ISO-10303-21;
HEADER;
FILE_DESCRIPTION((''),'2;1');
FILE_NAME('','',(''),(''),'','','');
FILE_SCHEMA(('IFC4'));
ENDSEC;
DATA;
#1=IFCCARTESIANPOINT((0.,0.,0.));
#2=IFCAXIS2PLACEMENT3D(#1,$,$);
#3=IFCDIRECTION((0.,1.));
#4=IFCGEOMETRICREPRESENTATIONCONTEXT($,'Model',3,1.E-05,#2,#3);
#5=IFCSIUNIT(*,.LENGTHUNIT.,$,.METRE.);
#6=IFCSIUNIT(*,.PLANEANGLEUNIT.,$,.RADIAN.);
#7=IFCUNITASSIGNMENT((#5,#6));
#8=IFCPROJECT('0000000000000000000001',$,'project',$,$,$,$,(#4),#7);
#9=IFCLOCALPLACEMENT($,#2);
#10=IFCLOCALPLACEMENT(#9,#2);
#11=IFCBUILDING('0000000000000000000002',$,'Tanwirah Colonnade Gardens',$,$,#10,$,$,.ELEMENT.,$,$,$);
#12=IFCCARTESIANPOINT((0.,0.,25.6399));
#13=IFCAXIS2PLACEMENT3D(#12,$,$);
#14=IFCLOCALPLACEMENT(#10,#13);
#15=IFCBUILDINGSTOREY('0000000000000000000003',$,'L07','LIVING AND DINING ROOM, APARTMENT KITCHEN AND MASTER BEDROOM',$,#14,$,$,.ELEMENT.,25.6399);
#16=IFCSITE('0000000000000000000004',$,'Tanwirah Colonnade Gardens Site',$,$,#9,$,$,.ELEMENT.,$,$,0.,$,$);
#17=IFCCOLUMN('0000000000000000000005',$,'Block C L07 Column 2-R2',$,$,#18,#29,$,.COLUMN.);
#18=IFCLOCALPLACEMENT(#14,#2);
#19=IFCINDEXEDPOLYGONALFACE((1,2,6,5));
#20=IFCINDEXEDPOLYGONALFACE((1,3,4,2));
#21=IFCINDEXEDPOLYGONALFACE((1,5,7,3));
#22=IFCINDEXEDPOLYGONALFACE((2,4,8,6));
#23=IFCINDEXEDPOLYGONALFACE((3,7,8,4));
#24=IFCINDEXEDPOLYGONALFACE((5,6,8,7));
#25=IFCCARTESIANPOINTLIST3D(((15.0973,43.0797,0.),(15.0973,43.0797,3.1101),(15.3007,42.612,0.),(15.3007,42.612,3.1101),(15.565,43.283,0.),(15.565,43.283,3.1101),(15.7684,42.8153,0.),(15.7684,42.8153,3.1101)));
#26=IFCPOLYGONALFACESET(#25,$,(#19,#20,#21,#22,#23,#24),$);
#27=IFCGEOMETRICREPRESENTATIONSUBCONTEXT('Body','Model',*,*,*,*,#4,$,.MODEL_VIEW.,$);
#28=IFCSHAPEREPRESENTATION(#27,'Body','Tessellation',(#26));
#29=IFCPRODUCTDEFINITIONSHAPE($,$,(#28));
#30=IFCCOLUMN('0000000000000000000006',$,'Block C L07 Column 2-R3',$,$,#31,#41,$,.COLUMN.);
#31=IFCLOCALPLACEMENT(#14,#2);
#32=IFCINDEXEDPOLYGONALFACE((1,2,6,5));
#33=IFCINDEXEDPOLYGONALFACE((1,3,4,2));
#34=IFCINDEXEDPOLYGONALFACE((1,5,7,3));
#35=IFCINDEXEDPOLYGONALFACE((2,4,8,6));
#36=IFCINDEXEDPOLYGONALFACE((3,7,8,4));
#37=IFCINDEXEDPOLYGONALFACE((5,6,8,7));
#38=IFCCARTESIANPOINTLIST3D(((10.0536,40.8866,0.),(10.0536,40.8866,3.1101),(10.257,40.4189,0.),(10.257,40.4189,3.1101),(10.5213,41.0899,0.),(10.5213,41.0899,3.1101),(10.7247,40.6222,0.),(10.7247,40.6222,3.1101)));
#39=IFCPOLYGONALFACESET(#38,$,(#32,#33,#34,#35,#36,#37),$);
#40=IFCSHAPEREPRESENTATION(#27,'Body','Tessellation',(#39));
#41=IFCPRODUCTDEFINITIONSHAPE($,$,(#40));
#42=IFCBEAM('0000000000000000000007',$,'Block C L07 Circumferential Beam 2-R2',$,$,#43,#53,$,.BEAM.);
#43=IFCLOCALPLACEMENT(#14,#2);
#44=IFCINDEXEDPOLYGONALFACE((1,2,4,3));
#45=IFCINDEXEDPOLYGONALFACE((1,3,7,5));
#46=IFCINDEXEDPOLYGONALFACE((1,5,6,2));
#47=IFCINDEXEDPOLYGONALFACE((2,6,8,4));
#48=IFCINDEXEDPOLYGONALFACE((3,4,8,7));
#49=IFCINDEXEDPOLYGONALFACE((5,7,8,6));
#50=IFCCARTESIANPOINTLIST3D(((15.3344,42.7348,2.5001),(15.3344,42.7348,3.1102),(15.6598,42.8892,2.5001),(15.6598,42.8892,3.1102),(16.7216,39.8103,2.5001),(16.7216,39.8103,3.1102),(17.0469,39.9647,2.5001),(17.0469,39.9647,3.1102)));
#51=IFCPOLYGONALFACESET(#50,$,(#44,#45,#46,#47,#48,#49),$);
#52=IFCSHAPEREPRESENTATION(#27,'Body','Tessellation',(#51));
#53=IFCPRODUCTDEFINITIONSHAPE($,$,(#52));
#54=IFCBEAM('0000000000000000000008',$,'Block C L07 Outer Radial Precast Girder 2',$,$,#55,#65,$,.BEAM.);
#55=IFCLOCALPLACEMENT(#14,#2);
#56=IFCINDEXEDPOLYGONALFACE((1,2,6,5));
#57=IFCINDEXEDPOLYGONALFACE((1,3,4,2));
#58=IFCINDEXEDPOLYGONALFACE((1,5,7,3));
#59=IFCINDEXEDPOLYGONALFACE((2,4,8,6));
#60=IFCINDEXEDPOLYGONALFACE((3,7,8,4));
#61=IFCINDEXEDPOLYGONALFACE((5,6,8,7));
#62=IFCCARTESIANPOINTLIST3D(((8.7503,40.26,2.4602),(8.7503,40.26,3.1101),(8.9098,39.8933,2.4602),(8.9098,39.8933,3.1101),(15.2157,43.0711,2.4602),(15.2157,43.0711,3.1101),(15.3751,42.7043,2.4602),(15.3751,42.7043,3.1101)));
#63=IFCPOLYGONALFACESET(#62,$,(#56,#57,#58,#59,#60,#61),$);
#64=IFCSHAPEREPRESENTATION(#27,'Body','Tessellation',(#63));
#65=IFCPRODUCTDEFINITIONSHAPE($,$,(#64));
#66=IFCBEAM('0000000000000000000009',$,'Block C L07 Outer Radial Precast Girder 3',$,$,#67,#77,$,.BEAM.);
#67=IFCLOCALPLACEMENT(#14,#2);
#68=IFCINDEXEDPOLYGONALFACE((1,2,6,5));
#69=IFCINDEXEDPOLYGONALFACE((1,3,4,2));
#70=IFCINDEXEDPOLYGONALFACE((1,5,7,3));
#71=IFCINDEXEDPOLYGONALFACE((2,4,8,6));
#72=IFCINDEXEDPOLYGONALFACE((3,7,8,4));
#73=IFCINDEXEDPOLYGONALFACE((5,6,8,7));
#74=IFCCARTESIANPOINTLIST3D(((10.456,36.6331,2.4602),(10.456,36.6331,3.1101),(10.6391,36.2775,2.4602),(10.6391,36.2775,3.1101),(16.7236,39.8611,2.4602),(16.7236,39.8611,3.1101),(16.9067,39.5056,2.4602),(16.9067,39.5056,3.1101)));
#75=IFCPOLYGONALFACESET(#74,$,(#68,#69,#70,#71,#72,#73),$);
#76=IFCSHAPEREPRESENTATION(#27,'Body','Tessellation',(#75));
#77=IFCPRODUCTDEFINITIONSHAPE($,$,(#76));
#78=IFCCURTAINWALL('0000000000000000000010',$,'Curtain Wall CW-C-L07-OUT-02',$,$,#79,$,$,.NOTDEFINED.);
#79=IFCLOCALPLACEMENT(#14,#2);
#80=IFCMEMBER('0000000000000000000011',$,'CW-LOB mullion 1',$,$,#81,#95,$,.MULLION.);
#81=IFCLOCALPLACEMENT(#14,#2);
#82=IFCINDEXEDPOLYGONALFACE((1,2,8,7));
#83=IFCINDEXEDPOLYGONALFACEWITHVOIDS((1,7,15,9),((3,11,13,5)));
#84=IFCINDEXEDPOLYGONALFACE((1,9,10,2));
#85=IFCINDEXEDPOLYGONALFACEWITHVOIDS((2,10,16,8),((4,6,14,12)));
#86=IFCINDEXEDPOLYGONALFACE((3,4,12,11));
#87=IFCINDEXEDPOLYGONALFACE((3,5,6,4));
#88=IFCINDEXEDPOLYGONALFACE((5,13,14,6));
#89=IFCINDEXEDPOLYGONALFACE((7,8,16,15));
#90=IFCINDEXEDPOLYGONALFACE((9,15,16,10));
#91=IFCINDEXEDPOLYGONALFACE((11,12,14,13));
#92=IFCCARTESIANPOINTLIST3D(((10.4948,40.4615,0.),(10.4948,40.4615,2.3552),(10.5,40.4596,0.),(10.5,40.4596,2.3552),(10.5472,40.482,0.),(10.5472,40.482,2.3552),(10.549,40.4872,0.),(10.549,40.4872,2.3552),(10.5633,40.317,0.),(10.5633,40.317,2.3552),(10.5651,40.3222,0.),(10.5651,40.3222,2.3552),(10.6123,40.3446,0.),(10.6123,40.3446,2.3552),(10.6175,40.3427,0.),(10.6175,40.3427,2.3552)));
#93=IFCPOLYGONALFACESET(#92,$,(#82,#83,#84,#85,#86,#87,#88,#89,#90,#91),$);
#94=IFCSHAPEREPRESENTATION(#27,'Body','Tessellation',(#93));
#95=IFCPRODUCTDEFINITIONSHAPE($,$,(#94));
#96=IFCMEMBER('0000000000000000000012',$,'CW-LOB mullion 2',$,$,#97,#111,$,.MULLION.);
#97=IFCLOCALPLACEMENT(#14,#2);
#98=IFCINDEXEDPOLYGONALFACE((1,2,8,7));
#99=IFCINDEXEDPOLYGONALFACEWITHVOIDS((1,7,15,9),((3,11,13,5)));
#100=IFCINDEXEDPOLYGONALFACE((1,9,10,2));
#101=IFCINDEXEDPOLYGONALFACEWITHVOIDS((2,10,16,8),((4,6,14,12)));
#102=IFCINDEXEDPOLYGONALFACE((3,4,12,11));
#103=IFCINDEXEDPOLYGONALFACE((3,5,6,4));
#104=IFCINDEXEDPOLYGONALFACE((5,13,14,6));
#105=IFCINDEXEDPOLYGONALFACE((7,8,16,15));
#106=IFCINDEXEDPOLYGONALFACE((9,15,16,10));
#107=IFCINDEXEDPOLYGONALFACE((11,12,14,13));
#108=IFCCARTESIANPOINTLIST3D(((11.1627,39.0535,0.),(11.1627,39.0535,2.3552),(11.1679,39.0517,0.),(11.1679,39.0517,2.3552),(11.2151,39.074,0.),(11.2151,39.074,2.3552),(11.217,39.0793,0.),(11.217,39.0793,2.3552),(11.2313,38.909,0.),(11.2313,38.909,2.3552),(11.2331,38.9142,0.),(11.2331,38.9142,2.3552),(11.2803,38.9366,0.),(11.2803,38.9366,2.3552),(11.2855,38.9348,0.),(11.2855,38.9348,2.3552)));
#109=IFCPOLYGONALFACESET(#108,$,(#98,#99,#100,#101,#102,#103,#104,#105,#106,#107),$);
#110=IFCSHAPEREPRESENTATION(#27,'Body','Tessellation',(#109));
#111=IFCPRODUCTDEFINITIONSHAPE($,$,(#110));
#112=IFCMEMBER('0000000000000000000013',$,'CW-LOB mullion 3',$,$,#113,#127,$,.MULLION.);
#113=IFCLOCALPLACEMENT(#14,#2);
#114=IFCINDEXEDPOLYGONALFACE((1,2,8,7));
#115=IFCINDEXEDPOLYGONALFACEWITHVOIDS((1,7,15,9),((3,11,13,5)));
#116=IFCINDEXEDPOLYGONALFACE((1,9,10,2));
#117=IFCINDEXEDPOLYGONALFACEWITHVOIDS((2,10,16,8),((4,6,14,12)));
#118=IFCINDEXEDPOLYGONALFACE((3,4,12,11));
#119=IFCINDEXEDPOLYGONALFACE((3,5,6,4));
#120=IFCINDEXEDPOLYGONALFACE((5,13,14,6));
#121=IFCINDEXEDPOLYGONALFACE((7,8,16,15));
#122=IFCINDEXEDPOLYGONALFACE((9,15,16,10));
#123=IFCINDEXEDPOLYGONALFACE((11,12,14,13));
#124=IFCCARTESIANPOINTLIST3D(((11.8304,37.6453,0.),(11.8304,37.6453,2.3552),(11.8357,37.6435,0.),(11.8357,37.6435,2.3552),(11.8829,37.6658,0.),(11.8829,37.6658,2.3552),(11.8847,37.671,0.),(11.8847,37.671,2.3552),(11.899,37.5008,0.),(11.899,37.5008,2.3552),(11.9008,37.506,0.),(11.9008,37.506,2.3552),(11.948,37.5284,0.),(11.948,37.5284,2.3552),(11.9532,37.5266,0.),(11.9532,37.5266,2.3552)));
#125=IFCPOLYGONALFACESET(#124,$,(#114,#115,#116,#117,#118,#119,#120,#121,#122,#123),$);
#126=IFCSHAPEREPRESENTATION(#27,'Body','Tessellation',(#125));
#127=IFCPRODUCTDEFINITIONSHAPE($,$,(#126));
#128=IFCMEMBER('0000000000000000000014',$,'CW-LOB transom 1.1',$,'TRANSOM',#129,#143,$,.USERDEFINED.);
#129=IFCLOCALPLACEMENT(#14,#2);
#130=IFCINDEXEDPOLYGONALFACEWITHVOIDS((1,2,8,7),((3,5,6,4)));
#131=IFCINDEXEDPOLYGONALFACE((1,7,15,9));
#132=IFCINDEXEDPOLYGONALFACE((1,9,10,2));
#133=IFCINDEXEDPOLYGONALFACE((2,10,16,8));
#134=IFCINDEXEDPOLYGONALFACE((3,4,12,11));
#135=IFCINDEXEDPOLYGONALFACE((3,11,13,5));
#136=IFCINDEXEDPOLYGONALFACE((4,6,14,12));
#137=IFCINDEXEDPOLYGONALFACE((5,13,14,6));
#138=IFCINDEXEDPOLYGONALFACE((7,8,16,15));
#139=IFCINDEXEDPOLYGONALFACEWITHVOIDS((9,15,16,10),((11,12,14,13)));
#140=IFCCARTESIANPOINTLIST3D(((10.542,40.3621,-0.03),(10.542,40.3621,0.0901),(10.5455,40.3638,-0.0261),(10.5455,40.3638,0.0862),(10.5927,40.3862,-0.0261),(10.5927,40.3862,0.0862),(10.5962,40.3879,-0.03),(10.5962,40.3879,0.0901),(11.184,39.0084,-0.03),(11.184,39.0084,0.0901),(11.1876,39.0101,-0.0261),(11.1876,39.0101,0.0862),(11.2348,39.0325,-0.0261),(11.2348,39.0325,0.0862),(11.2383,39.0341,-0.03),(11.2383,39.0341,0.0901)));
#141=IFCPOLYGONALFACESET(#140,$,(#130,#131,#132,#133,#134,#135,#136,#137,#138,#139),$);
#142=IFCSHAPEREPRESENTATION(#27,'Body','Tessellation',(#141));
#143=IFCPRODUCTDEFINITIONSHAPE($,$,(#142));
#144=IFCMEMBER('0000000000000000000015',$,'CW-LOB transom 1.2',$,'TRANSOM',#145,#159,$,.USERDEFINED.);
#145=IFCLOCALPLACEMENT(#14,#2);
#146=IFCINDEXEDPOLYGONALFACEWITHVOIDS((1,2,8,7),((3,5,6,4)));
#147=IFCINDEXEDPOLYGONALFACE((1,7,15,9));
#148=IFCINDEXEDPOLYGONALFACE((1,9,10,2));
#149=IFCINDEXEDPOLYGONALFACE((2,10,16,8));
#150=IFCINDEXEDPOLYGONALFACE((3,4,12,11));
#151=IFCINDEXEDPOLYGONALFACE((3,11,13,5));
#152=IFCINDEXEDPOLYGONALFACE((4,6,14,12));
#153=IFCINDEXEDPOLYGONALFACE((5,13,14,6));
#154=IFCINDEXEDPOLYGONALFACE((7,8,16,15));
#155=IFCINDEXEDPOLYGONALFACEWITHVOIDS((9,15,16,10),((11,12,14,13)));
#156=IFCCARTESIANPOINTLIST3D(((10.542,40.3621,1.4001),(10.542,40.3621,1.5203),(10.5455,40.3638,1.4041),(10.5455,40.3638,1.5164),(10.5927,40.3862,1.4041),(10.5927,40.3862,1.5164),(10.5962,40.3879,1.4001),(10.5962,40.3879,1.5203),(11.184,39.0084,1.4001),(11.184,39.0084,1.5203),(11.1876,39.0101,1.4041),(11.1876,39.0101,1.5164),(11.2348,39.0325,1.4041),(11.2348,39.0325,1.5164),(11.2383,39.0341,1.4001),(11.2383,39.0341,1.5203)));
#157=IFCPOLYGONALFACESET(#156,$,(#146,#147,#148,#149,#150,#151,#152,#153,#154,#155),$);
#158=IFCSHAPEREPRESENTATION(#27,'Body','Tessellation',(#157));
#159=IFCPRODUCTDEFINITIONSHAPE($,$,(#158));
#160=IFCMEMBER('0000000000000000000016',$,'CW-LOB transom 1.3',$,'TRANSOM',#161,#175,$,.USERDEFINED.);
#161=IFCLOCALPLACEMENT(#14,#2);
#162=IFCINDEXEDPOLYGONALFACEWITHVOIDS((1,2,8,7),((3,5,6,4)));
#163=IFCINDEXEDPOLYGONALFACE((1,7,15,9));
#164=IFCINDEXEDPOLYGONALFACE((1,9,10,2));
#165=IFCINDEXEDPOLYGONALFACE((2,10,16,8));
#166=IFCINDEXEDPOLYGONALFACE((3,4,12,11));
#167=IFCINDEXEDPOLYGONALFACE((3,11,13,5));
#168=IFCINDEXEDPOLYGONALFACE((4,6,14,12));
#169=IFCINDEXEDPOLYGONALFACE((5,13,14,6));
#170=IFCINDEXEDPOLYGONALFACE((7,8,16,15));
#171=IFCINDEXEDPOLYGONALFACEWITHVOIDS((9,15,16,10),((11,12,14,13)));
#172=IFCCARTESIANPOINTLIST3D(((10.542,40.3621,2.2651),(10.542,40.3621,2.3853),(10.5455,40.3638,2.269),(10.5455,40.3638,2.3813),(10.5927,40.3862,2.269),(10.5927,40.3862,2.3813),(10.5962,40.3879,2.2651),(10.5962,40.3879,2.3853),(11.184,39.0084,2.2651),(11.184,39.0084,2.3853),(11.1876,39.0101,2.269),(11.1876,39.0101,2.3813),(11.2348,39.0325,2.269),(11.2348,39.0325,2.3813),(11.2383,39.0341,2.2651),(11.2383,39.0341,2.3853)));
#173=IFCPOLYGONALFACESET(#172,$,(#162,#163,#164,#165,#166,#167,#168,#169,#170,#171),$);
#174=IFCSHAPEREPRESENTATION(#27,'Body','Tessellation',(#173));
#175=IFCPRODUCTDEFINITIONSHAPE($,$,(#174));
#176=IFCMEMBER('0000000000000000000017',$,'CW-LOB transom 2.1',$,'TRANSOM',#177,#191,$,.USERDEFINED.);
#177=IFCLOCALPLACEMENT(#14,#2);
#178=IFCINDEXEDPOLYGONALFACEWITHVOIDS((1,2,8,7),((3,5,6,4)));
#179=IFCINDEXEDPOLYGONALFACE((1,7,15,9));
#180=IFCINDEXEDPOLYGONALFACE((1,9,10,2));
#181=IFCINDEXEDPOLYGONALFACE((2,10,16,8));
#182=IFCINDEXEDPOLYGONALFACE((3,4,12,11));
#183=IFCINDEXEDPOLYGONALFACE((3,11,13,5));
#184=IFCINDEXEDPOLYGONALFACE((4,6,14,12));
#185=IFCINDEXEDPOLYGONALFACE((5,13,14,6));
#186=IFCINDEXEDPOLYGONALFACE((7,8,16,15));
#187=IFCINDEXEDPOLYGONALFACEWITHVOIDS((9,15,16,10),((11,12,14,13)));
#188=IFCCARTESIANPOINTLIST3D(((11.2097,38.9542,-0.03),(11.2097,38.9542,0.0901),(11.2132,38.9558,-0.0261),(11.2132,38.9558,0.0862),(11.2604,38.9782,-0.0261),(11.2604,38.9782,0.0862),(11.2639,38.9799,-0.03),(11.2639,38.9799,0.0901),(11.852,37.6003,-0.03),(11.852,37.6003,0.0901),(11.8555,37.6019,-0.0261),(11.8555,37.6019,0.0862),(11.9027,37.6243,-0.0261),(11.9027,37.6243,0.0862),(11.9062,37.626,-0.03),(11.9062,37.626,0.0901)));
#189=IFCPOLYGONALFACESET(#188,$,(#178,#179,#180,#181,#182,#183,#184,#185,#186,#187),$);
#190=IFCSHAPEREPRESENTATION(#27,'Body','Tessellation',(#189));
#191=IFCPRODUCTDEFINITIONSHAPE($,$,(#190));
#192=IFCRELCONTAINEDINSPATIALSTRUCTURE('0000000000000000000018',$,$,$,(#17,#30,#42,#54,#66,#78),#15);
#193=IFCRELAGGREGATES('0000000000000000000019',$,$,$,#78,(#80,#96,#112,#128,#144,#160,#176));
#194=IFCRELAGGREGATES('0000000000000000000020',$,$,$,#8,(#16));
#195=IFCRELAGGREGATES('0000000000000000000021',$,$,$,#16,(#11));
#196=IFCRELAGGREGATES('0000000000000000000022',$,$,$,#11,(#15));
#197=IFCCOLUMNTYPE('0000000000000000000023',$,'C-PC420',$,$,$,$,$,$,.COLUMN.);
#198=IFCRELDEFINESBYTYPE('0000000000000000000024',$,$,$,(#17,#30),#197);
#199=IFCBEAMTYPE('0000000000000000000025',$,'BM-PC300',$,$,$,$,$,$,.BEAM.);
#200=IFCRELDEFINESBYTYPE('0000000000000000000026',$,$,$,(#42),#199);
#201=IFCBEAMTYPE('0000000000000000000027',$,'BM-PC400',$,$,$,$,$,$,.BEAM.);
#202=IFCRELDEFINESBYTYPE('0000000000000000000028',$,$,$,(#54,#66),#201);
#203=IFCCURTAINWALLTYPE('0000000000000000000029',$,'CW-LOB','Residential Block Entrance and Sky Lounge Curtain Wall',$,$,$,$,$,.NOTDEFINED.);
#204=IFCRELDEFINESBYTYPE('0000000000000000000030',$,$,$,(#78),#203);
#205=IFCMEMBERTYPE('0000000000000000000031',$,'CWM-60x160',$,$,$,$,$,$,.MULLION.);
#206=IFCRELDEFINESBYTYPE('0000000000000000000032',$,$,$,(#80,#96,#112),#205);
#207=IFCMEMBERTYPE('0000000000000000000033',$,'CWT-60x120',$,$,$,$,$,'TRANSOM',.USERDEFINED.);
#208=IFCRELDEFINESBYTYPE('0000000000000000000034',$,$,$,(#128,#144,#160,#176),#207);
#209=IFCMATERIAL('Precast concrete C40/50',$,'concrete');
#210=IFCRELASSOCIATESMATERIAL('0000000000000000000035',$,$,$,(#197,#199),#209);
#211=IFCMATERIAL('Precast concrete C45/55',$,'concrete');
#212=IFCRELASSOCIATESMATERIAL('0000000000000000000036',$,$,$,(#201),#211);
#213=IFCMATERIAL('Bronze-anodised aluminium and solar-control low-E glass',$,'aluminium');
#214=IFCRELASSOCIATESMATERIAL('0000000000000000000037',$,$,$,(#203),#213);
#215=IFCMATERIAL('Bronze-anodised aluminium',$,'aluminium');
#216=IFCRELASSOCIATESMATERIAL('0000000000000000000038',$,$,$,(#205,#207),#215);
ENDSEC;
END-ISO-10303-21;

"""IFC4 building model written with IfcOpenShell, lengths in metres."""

from ifc_helpers import new_model, si_unit, direction, frame, origin, origin_2d, place, context, subcontext, project, spatial, rectangle, hollow_rectangle, extrude, material, material_profile, profile_set, type_object, element, aggregate, save


model = new_model("IFC4")

# Units and contexts
model_context = context("Model", 3, precision=1e-05, world=origin(), true_north=direction((0.0, 1.0)))
body_context = subcontext(model_context, "Body", "Model", "MODEL_VIEW")
ifc_project = project(units=[si_unit("LENGTHUNIT", "METRE"), si_unit("PLANEANGLEUNIT", "RADIAN")], contexts=[model_context])

# Site, building, storey
site_placement = place(None, origin())
site = spatial("IfcSite", under=ifc_project, at=site_placement, Name="Tanwirah Colonnade Gardens Site", CompositionType="ELEMENT", RefElevation=0.0)
building_placement = place(site_placement, origin())
building = spatial("IfcBuilding", under=site, at=building_placement, Name="Tanwirah Colonnade Gardens", CompositionType="ELEMENT")
storey_placement = place(building_placement, frame((0.0, 0.0, 25.6399)))
storey = spatial("IfcBuildingStorey", under=building, at=storey_placement, Name="L07", Description="LIVING AND DINING ROOM, APARTMENT KITCHEN AND MASTER BEDROOM", CompositionType="ELEMENT", Elevation=25.6399)

# Columns
ifc_material_1 = material(Name="Precast concrete C40/50", Category="concrete")
ifc_material_profile_1 = material_profile(ifc_material_1, rectangle(XDim=0.51, YDim=0.51, at=origin_2d()), Name="PC-COL 510x510")
ifc_profile_set_1 = profile_set([ifc_material_profile_1], Name="Precast concrete C40/50")
column_type = type_object("IfcColumnType", Name="C-PC420", PredefinedType="COLUMN", material=ifc_profile_set_1)
for number, where, z_axis, x_axis, name in (
    (1, (15.4329, 42.9475, 0.0), (0.0, 0.0, 1.0), (-0.91706, -0.398749, 0.0), "Block C L07 Column 2-R2"),
    (2, (10.3892, 40.7544, 0.0), (0.0, 0.0, 1.0), (-0.91706, -0.398749, 0.0), "Block C L07 Column 2-R3"),
):
    element("IfcColumn", number, at=place(storey_placement, frame(where, z_axis=z_axis, x_axis=x_axis)), inside=storey, type_object=column_type, Name=name, PredefinedType="COLUMN", context=body_context, shape_type="SweptSolid", body=[
        extrude(rectangle(XDim=0.51, YDim=0.51, at=origin_2d()), origin(), (0.0, 0.0, 1.0), 3.1101),
    ])

# Beams
ifc_material_profile_2 = material_profile(ifc_material_1, rectangle(XDim=0.3601, YDim=0.6101, at=origin_2d()), Name="PC-BM 360x610")
ifc_profile_set_2 = profile_set([ifc_material_profile_2], Name="Precast concrete C40/50")
beam_type_1 = type_object("IfcBeamType", Name="BM-PC300", PredefinedType="BEAM", material=ifc_profile_set_2)
beam_1_placement = place(storey_placement, frame((15.4971, 42.812, 2.8052), z_axis=(0.428563, -0.903512, 0.0), x_axis=(0.903512, 0.428563, 0.0)))
element("IfcBeam", 3, at=beam_1_placement, inside=storey, type_object=beam_type_1, Name="Block C L07 Circumferential Beam 2-R2", PredefinedType="BEAM", context=body_context, shape_type="SweptSolid", body=[
    extrude(rectangle(XDim=0.3601, YDim=0.6101, at=origin_2d()), origin(), (0.0, 0.0, 1.0), 3.2368),
])
ifc_material_2 = material(Name="Precast concrete C45/55", Category="concrete")
ifc_material_profile_3 = material_profile(ifc_material_2, rectangle(XDim=0.3999, YDim=0.6499, at=origin_2d()), Name="PC-BM 400x650")
ifc_profile_set_3 = profile_set([ifc_material_profile_3], Name="Precast concrete C45/55")
beam_type_2 = type_object("IfcBeamType", Name="BM-PC400", PredefinedType="BEAM", material=ifc_profile_set_3)
for number, where, z_axis, x_axis, name in (
    (4, (15.2954, 42.8877, 2.7852), (-0.917069, -0.398729, 0.0), (0.398729, -0.917069, 0.0), "Block C L07 Outer Radial Precast Girder 2"),
    (5, (16.8152, 39.6833, 2.7852), (-0.889016, -0.457875, 0.0), (0.457875, -0.889016, 0.0), "Block C L07 Outer Radial Precast Girder 3"),
):
    element("IfcBeam", number, at=place(storey_placement, frame(where, z_axis=z_axis, x_axis=x_axis)), inside=storey, type_object=beam_type_2, Name=name, PredefinedType="BEAM", context=body_context, shape_type="SweptSolid", body=[
        extrude(rectangle(XDim=0.3999, YDim=0.6499, at=origin_2d()), origin(), (0.0, 0.0, 1.0), 7.05),
    ])

# Curtain wall, members
ifc_material_3 = material(Name="Bronze-anodised aluminium and solar-control low-E glass", Category="aluminium")
curtain_wall_type = type_object("IfcCurtainWallType", Name="CW-LOB", Description="Residential Block Entrance and Sky Lounge Curtain Wall", PredefinedType="NOTDEFINED", material=ifc_material_3)
curtain_wall_placement = place(storey_placement, origin())
curtain_wall = element("IfcCurtainWall", 6, at=curtain_wall_placement, inside=storey, type_object=curtain_wall_type, Name="Curtain Wall CW-C-L07-OUT-02", PredefinedType="NOTDEFINED")
ifc_material_4 = material(Name="Bronze-anodised aluminium", Category="aluminium")
ifc_material_profile_4 = material_profile(ifc_material_4, hollow_rectangle(XDim=0.0601, YDim=0.1599, WallThickness=0.0039, at=origin_2d()), Name="CW-MUL 60x160x4")
ifc_profile_set_4 = profile_set([ifc_material_profile_4], Name="Bronze-anodised aluminium")
member_type_1 = type_object("IfcMemberType", Name="CWM-60x160", PredefinedType="MULLION", material=ifc_profile_set_4)
member_1_placement = place(storey_placement, frame((10.5562, 40.4021, 0.0), z_axis=(0.0, 0.0, 1.0), x_axis=(0.903523, 0.42854, 0.0)))
member_1 = element("IfcMember", 7, at=member_1_placement, type_object=member_type_1, Name="CW-LOB mullion 1", PredefinedType="MULLION", context=body_context, shape_type="SweptSolid", body=[
    extrude(hollow_rectangle(XDim=0.0601, YDim=0.1599, WallThickness=0.0039, at=origin_2d()), origin(), (0.0, 0.0, 1.0), 2.3552),
])
member_2_placement = place(storey_placement, frame((11.2241, 38.9941, 0.0), z_axis=(0.0, 0.0, 1.0), x_axis=(0.903523, 0.42854, 0.0)))
member_2 = element("IfcMember", 8, at=member_2_placement, type_object=member_type_1, Name="CW-LOB mullion 2", PredefinedType="MULLION", context=body_context, shape_type="SweptSolid", body=[
    extrude(hollow_rectangle(XDim=0.0601, YDim=0.1599, WallThickness=0.0039, at=origin_2d()), origin(), (0.0, 0.0, 1.0), 2.3552),
])
member_3_placement = place(storey_placement, frame((11.8918, 37.5859, 0.0), z_axis=(0.0, 0.0, 1.0), x_axis=(0.903523, 0.42854, 0.0)))
member_3 = element("IfcMember", 9, at=member_3_placement, type_object=member_type_1, Name="CW-LOB mullion 3", PredefinedType="MULLION", context=body_context, shape_type="SweptSolid", body=[
    extrude(hollow_rectangle(XDim=0.0601, YDim=0.1599, WallThickness=0.0039, at=origin_2d()), origin(), (0.0, 0.0, 1.0), 2.3552),
])
ifc_material_profile_5 = material_profile(ifc_material_4, hollow_rectangle(XDim=0.0601, YDim=0.1201, WallThickness=0.0039, at=origin_2d()), Name="CW-TRN 60x120x4")
ifc_profile_set_5 = profile_set([ifc_material_profile_5], Name="Bronze-anodised aluminium")
member_type_2 = type_object("IfcMemberType", Name="CWT-60x120", ElementType="TRANSOM", PredefinedType="USERDEFINED", material=ifc_profile_set_5)
member_4_placement = place(storey_placement, frame((10.5691, 40.375, 0.03), z_axis=(0.428542, -0.903522, 0.0), x_axis=(0.903522, 0.428542, 0.0)))
member_4 = element("IfcMember", 10, at=member_4_placement, type_object=member_type_2, Name="CW-LOB transom 1.1", ObjectType="TRANSOM", PredefinedType="USERDEFINED", context=body_context, shape_type="SweptSolid", body=[
    extrude(hollow_rectangle(XDim=0.0601, YDim=0.1201, WallThickness=0.0039, at=origin_2d()), origin(), (0.0, 0.0, 1.0), 1.4983),
])
member_5_placement = place(storey_placement, frame((10.5691, 40.375, 1.4602), z_axis=(0.428542, -0.903522, 0.0), x_axis=(0.903522, 0.428542, 0.0)))
member_5 = element("IfcMember", 11, at=member_5_placement, type_object=member_type_2, Name="CW-LOB transom 1.2", ObjectType="TRANSOM", PredefinedType="USERDEFINED", context=body_context, shape_type="SweptSolid", body=[
    extrude(hollow_rectangle(XDim=0.0601, YDim=0.1201, WallThickness=0.0039, at=origin_2d()), origin(), (0.0, 0.0, 1.0), 1.4983),
])
member_6_placement = place(storey_placement, frame((10.5691, 40.375, 2.3252), z_axis=(0.428542, -0.903522, 0.0), x_axis=(0.903522, 0.428542, 0.0)))
member_6 = element("IfcMember", 12, at=member_6_placement, type_object=member_type_2, Name="CW-LOB transom 1.3", ObjectType="TRANSOM", PredefinedType="USERDEFINED", context=body_context, shape_type="SweptSolid", body=[
    extrude(hollow_rectangle(XDim=0.0601, YDim=0.1201, WallThickness=0.0039, at=origin_2d()), origin(), (0.0, 0.0, 1.0), 1.4983),
])
member_7_placement = place(storey_placement, frame((11.2368, 38.967, 0.03), z_axis=(0.428611, -0.903489, 0.0), x_axis=(0.903489, 0.428611, 0.0)))
member_7 = element("IfcMember", 13, at=member_7_placement, type_object=member_type_2, Name="CW-LOB transom 2.1", ObjectType="TRANSOM", PredefinedType="USERDEFINED", context=body_context, shape_type="SweptSolid", body=[
    extrude(hollow_rectangle(XDim=0.0601, YDim=0.1201, WallThickness=0.0039, at=origin_2d()), origin(), (0.0, 0.0, 1.0), 1.4985),
])

aggregate(curtain_wall, [member_1, member_2, member_3, member_4, member_5, member_6, member_7])

save(model, "model.ifc")
